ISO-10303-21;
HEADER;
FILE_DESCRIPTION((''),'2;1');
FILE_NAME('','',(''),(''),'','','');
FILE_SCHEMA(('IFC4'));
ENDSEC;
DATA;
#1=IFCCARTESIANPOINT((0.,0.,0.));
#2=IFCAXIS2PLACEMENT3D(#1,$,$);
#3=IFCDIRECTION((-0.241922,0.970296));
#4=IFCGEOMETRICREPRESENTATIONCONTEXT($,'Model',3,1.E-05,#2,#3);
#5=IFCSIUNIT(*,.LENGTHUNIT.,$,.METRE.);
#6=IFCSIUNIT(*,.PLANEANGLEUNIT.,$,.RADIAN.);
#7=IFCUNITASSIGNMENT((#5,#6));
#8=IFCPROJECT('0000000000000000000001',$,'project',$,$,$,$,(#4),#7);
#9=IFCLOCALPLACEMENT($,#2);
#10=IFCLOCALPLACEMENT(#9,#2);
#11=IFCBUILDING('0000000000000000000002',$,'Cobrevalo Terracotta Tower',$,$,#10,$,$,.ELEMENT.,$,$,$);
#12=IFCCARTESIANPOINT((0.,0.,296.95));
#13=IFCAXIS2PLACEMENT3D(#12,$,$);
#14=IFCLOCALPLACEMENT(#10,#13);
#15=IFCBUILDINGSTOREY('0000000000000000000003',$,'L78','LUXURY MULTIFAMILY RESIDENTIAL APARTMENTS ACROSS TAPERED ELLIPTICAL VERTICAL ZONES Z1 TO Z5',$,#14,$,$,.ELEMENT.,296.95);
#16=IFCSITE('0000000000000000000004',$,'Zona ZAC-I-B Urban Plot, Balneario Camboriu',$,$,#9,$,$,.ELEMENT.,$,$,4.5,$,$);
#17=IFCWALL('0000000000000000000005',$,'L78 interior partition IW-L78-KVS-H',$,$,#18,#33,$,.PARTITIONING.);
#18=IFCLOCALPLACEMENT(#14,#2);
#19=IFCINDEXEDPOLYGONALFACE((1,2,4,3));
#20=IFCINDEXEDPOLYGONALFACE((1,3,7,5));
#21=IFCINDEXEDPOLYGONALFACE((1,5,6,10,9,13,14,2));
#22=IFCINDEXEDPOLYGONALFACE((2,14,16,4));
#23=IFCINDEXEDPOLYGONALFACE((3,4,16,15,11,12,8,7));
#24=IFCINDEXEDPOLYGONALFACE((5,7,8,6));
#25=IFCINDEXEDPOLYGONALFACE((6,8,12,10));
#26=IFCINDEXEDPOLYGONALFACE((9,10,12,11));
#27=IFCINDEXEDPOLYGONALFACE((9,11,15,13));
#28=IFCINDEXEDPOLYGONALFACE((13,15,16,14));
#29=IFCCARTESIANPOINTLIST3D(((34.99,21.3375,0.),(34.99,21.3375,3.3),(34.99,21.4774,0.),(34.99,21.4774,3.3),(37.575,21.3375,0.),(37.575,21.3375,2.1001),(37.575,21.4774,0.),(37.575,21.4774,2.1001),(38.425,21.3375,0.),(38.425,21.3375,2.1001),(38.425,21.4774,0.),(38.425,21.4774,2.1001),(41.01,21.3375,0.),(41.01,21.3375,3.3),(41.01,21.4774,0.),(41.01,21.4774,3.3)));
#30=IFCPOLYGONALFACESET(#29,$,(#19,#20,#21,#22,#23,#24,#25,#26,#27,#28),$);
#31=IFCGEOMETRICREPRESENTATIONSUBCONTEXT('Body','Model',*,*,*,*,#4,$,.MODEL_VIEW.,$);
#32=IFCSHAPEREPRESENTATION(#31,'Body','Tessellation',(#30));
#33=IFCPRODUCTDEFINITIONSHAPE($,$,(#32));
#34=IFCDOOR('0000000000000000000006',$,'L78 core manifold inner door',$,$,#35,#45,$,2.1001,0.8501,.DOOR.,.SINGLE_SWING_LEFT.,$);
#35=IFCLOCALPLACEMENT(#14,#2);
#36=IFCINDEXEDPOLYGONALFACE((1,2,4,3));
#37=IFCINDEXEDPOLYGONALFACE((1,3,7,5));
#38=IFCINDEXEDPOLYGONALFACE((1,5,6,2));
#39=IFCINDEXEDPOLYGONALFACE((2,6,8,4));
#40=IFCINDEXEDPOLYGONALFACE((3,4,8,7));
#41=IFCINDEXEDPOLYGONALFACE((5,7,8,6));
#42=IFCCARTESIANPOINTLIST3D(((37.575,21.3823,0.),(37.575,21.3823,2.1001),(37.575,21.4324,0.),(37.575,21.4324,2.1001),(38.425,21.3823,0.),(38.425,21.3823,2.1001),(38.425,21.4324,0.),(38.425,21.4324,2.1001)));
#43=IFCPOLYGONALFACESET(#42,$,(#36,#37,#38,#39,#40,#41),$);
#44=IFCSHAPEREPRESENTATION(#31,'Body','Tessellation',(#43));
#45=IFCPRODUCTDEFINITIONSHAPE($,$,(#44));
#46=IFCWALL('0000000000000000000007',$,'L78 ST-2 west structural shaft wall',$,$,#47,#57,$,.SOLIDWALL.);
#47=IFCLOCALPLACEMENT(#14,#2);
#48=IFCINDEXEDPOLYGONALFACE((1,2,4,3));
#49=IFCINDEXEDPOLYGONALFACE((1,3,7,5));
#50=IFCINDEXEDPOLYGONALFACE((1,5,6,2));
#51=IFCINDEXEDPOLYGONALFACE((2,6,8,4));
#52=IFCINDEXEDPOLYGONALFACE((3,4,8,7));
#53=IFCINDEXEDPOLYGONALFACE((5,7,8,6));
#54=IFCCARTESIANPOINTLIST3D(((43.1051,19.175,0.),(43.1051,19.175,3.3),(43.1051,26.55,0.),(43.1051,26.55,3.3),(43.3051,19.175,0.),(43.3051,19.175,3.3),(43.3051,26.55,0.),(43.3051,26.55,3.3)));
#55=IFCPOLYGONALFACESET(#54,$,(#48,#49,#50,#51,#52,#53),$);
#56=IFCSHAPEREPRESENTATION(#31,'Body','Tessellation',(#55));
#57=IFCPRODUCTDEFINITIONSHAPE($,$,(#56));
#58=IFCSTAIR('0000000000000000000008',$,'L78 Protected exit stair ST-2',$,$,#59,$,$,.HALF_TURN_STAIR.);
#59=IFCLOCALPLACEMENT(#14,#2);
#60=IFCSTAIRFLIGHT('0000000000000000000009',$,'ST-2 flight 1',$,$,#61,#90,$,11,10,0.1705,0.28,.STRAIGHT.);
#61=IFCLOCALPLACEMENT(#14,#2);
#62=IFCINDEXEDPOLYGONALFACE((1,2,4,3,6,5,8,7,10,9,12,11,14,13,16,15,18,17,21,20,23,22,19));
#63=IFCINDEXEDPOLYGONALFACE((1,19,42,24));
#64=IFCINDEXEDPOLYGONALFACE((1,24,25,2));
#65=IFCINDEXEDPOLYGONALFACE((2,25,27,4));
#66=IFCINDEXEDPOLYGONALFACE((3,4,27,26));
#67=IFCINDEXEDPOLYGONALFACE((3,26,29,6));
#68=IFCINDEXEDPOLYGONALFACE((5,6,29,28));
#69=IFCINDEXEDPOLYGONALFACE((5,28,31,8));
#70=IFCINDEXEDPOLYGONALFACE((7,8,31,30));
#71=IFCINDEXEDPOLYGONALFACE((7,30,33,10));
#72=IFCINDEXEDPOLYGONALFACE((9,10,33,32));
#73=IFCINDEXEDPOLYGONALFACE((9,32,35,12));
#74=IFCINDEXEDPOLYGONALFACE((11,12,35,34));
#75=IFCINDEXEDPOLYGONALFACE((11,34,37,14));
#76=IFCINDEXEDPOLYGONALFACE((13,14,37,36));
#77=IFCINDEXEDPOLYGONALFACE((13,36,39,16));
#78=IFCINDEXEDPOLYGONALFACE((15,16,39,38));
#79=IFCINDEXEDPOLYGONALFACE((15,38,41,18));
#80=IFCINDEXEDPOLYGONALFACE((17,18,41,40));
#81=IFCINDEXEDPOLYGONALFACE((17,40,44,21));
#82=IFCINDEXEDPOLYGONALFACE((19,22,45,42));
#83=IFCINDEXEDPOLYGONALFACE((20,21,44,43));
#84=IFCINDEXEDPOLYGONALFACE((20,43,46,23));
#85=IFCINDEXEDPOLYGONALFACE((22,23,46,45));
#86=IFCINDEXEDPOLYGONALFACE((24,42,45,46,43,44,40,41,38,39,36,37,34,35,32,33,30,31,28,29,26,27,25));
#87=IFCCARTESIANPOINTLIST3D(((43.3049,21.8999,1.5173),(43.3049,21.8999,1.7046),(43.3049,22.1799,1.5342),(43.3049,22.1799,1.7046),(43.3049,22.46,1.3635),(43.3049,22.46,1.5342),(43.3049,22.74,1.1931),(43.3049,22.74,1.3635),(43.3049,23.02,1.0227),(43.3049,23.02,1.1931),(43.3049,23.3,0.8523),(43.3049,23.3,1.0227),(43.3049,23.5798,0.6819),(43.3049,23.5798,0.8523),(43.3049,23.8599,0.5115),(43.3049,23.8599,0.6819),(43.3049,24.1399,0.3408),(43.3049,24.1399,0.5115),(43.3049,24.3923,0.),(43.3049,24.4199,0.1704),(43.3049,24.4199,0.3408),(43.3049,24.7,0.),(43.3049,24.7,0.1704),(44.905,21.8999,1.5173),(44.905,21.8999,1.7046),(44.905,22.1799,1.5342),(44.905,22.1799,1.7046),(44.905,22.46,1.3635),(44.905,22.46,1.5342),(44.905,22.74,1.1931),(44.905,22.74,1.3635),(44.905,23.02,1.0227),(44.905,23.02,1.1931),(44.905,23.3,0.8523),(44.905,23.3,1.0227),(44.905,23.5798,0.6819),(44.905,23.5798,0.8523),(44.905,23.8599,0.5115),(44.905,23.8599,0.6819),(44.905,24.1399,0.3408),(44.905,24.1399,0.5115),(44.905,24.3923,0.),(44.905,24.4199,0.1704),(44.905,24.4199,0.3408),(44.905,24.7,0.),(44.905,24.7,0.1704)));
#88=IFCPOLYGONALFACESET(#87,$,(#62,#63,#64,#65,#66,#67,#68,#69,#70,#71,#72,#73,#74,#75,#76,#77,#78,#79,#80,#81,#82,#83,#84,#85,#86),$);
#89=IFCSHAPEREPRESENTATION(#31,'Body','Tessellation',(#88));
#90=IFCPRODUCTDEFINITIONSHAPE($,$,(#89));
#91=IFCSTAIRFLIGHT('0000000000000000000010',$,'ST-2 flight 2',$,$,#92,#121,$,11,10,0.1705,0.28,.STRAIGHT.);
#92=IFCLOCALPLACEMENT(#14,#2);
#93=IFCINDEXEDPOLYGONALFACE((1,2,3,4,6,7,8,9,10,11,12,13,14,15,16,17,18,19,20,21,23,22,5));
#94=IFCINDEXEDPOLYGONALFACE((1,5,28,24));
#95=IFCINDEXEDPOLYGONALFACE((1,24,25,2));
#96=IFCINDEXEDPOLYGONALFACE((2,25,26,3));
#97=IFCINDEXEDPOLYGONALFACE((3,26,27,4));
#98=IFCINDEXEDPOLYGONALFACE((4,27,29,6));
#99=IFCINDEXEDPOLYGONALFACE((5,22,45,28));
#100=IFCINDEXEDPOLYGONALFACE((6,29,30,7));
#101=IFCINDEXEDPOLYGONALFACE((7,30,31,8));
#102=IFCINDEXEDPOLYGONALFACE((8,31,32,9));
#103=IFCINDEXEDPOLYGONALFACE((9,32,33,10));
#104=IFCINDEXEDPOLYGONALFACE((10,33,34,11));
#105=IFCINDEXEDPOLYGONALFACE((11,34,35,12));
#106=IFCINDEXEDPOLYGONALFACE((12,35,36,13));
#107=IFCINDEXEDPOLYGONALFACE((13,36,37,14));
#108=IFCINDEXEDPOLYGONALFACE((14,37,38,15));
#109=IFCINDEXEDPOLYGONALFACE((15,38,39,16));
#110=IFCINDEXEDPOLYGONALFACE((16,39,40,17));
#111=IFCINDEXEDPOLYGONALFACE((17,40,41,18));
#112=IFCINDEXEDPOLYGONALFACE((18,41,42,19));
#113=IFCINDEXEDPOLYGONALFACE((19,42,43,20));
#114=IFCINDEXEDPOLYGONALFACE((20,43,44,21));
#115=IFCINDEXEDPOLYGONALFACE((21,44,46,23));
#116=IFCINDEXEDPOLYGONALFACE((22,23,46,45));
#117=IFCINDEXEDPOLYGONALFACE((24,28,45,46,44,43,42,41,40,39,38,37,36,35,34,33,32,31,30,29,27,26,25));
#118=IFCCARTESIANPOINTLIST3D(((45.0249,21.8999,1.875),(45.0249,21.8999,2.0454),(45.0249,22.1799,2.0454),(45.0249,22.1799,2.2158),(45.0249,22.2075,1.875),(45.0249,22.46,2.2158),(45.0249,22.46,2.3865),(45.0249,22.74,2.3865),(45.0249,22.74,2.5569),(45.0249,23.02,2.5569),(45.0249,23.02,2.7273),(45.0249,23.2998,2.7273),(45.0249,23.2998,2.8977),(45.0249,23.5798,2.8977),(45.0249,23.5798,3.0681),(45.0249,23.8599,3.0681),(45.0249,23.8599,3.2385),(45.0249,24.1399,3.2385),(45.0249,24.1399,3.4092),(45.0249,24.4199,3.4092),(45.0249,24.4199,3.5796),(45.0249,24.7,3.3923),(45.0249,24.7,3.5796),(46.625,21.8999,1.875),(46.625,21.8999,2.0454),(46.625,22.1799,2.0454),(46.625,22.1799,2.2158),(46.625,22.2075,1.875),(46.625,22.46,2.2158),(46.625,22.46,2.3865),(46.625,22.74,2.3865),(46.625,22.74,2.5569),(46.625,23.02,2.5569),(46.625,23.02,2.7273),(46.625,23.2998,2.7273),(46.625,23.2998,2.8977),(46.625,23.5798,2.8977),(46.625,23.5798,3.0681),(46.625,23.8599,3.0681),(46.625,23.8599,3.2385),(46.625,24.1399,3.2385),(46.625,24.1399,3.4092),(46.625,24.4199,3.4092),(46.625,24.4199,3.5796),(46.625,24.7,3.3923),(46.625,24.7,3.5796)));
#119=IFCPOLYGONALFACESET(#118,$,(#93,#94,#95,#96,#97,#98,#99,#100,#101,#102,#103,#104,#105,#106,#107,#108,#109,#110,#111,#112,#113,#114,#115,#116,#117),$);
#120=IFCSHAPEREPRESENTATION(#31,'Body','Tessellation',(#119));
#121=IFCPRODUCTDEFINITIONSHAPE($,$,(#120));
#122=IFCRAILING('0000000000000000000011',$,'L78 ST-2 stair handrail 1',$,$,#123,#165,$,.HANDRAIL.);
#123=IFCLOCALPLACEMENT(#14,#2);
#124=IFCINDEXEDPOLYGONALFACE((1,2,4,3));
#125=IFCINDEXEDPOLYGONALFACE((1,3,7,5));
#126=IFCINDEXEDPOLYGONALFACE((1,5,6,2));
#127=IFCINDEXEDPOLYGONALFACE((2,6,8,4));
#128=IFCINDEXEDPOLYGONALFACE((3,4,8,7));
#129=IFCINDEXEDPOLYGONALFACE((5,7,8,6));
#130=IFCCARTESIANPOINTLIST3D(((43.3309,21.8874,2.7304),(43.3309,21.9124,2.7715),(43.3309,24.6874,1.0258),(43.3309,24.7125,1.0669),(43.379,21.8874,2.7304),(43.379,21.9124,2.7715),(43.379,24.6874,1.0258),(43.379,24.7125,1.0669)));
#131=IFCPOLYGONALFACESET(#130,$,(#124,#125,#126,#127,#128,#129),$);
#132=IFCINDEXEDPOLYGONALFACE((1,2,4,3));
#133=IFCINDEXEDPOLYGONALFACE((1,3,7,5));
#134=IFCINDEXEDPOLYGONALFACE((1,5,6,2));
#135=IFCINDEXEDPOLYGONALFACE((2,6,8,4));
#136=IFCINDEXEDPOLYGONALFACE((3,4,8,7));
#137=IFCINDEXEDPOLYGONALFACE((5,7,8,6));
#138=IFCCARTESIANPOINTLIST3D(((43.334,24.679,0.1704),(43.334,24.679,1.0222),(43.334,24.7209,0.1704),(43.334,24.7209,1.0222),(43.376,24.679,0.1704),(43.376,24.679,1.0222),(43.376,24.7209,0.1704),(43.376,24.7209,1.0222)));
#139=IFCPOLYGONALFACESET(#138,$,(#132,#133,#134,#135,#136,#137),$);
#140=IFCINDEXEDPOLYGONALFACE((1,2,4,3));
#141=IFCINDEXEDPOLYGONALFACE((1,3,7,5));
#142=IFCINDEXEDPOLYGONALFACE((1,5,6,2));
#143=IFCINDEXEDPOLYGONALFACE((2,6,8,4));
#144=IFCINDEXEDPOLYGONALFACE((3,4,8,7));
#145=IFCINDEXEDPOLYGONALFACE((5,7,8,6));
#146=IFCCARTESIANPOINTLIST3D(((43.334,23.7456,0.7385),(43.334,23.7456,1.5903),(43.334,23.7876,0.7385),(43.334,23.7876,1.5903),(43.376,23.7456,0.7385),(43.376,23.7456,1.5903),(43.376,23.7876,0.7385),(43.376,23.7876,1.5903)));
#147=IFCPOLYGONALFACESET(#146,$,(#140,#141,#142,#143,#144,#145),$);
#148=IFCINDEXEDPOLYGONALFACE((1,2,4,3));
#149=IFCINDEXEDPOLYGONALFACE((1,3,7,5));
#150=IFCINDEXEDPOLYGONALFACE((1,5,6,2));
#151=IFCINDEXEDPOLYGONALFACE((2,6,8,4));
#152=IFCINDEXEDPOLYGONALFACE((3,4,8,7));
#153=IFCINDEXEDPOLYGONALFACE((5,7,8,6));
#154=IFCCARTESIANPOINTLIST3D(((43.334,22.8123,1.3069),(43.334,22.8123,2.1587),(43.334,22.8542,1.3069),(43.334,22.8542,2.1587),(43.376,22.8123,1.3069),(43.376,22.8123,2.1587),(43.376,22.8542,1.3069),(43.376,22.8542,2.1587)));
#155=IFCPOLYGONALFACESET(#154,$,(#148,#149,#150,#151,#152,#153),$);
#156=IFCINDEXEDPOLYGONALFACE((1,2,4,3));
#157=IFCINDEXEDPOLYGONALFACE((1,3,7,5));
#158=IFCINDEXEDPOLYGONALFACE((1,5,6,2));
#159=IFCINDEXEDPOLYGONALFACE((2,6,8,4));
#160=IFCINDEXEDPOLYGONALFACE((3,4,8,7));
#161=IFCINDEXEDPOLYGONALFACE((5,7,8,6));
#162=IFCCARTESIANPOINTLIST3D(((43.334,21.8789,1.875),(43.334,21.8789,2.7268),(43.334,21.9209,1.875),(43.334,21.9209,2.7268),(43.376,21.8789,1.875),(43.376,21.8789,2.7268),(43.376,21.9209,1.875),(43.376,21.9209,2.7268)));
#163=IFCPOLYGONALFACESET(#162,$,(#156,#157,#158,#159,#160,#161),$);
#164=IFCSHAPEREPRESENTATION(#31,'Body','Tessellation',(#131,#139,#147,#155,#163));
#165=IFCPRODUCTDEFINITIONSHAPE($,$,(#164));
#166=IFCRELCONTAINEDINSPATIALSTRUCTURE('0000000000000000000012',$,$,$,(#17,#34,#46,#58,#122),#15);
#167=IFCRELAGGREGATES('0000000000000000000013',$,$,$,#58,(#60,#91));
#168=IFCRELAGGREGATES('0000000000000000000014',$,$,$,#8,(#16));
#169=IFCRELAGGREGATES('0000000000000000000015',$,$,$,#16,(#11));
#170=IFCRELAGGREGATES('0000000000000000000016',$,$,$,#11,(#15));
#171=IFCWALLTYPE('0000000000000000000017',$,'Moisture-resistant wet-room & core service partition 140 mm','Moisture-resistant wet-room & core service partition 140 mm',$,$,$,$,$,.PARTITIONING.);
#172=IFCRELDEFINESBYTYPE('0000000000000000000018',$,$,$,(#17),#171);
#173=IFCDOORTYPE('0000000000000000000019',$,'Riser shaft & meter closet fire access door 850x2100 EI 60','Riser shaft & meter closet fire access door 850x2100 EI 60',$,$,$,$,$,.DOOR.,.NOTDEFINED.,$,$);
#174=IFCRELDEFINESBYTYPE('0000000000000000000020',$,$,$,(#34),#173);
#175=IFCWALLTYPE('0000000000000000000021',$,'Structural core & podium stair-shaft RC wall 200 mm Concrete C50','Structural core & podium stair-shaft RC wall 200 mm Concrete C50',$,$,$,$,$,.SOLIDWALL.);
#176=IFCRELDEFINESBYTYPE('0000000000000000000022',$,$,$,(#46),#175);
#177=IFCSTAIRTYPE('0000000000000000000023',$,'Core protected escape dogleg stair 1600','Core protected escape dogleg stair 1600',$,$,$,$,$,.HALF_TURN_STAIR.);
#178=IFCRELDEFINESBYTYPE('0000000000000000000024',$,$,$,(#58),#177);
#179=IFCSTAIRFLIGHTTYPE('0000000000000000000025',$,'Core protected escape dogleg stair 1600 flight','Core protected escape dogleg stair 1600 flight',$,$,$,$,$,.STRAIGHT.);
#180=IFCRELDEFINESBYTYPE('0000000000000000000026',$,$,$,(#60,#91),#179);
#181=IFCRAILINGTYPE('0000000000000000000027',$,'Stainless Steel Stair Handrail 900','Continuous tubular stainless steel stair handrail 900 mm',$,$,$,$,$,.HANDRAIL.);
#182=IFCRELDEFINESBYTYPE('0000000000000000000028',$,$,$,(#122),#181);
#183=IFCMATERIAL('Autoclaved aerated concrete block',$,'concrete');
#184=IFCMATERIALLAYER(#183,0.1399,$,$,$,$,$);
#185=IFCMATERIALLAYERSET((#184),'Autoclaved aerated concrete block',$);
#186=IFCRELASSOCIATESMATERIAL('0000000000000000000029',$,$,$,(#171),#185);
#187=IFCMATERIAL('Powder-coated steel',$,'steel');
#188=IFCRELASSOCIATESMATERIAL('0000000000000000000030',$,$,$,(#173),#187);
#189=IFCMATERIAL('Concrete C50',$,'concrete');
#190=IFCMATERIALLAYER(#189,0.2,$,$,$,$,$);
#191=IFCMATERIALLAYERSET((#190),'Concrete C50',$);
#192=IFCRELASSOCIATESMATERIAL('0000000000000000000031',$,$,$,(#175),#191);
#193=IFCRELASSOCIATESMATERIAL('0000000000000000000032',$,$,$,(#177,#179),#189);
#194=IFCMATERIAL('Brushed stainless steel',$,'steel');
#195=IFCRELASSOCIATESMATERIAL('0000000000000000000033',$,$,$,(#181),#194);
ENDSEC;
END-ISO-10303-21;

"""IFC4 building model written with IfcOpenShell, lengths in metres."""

from ifc_helpers import new_model, si_unit, direction, frame, frame_2d, origin, origin_2d, place, context, subcontext, project, spatial, polyline, rectangle, outline, extrude, source, transform, mapped, material, layer, layer_set, type_object, element, fill, aggregate, save


model = new_model("IFC4")

# Units and contexts
model_context = context("Model", 3, precision=1e-05, world=origin(), true_north=direction((-0.241922, 0.970296)))
body_context = subcontext(model_context, "Body", "Model", "MODEL_VIEW")
ifc_project = project(units=[si_unit("LENGTHUNIT", "METRE"), si_unit("PLANEANGLEUNIT", "RADIAN")], contexts=[model_context])

# Site, building, storey
site_placement = place(None, origin())
site = spatial("IfcSite", under=ifc_project, at=site_placement, Name="Zona ZAC-I-B Urban Plot, Balneario Camboriu", CompositionType="ELEMENT", RefElevation=4.5)
building_placement = place(site_placement, origin())
building = spatial("IfcBuilding", under=site, at=building_placement, Name="Cobrevalo Terracotta Tower", CompositionType="ELEMENT")
storey_placement = place(building_placement, frame((0.0, 0.0, 296.95)))
storey = spatial("IfcBuildingStorey", under=building, at=storey_placement, Name="L78", Description="LUXURY MULTIFAMILY RESIDENTIAL APARTMENTS ACROSS TAPERED ELLIPTICAL VERTICAL ZONES Z1 TO Z5", CompositionType="ELEMENT", Elevation=296.95)

# Shared definitions
ifc_material_1 = material(Name="Concrete C50", Category="concrete")

# Shared definitions
ifc_material_2 = material(Name="Autoclaved aerated concrete block", Category="concrete")

# Shared definitions
ifc_layer_1 = layer(ifc_material_2, 0.1399)
ifc_layer_set_1 = layer_set([ifc_layer_1], Name="Autoclaved aerated concrete block")
wall_type_1 = type_object("IfcWallType", Name="Moisture-resistant wet-room & core service partition 140 mm", Description="Moisture-resistant wet-room & core service partition 140 mm", PredefinedType="PARTITIONING", material=ifc_layer_set_1)

# Wall, opening, door
wall_1_placement = place(storey_placement, frame((34.99, 21.4075, 0.0), z_axis=(0.0, 0.0, 1.0), x_axis=(1.0, 0.0, 0.0)))
wall_1 = element("IfcWall", 1, at=wall_1_placement, inside=storey, type_object=wall_type_1, Name="L78 interior partition IW-L78-KVS-H", PredefinedType="PARTITIONING", context=body_context, shape_type="SweptSolid", body=[
    extrude(rectangle(XDim=6.02, YDim=0.1399, at=frame_2d((3.01, 0.0))), origin(), (0.0, 0.0, 1.0), 3.3),
])
opening_1_placement = place(wall_1_placement, frame((2.585, 0.0, 0.0)))
opening_1 = element("IfcOpeningElement", 2, at=opening_1_placement, cuts=wall_1, PredefinedType="OPENING", context=body_context, shape_type="SweptSolid", body=[
    extrude(rectangle(XDim=0.8501, YDim=2.1001, at=frame_2d((0.425, 1.05))), frame((0.0, 0.0801, 0.0), z_axis=(0.0, -1.0, 0.0), x_axis=(1.0, 0.0, 0.0)), (0.0, 0.0, 1.0), 0.1599),
])
ifc_material_3 = material(Name="Powder-coated steel", Category="steel")
door_type_1 = type_object("IfcDoorType", Name="Riser shaft & meter closet fire access door 850x2100 EI 60", Description="Riser shaft & meter closet fire access door 850x2100 EI 60", OperationType="NOTDEFINED", PredefinedType="DOOR", material=ifc_material_3)
shared_shape_1 = source(origin(), body_context, "Body", "SweptSolid", [
    extrude(rectangle(XDim=0.8501, YDim=2.1001, at=frame_2d((0.425, 1.05))), frame((0.0, 0.0249, 0.0), z_axis=(0.0, -1.0, 0.0), x_axis=(1.0, 0.0, 0.0)), (0.0, 0.0, 1.0), 0.05),
])
door_1_placement = place(opening_1_placement, origin())
door_1 = element("IfcDoor", 3, at=door_1_placement, inside=storey, type_object=door_type_1, Name="L78 core manifold inner door", OperationType="SINGLE_SWING_LEFT", OverallHeight=2.1001, OverallWidth=0.8501, PredefinedType="DOOR", context=body_context, shape_type="MappedRepresentation", body=[
    mapped(shared_shape_1, transform((0.0, 0.0, 0.0), scale=1.0)),
])
fill(opening_1, door_1)

# Wall
ifc_layer_2 = layer(ifc_material_1, 0.2)
ifc_layer_set_2 = layer_set([ifc_layer_2], Name="Concrete C50")
wall_type_2 = type_object("IfcWallType", Name="Structural core & podium stair-shaft RC wall 200 mm Concrete C50", Description="Structural core & podium stair-shaft RC wall 200 mm Concrete C50", PredefinedType="SOLIDWALL", material=ifc_layer_set_2)
wall_2_placement = place(storey_placement, frame((43.2051, 19.175, 0.0), z_axis=(0.0, 0.0, 1.0), x_axis=(0.0, 1.0, 0.0)))
element("IfcWall", 4, at=wall_2_placement, inside=storey, type_object=wall_type_2, Name="L78 ST-2 west structural shaft wall", PredefinedType="SOLIDWALL", context=body_context, shape_type="SweptSolid", body=[
    extrude(rectangle(XDim=7.375, YDim=0.2, at=frame_2d((3.6875, 0.0))), origin(), (0.0, 0.0, 1.0), 3.3),
])

# Stair, stair flights
stair_type = type_object("IfcStairType", Name="Core protected escape dogleg stair 1600", Description="Core protected escape dogleg stair 1600", PredefinedType="HALF_TURN_STAIR", material=ifc_material_1)
stair_placement = place(storey_placement, origin())
stair = element("IfcStair", 5, at=stair_placement, inside=storey, type_object=stair_type, Name="L78 Protected exit stair ST-2", PredefinedType="HALF_TURN_STAIR")
stair_flight_type = type_object("IfcStairFlightType", Name="Core protected escape dogleg stair 1600 flight", Description="Core protected escape dogleg stair 1600 flight", PredefinedType="STRAIGHT", material=ifc_material_1)
stair_flight_1_placement = place(storey_placement, frame((44.105, 24.7, 0.0), z_axis=(0.0, 0.0, 1.0), x_axis=(0.0, -1.0, 0.0)))
stair_flight_1 = element("IfcStairFlight", 6, at=stair_flight_1_placement, type_object=stair_flight_type, Name="ST-2 flight 1", NumberOfRisers=11, NumberOfTreads=10, PredefinedType="STRAIGHT", RiserHeight=0.1705, TreadLength=0.28, context=body_context, shape_type="SweptSolid", body=[
    extrude(outline(polyline([(0.0, 0.0), (0.0, 0.1704), (0.28, 0.1704), (0.28, 0.3408), (0.5601, 0.3408), (0.5601, 0.5115), (0.8401, 0.5115), (0.8401, 0.6819), (1.1201, 0.6819), (1.1201, 0.8523), (1.3999, 0.8523), (1.3999, 1.0227), (1.6799, 1.0227), (1.6799, 1.1931), (1.96, 1.1931), (1.96, 1.3635), (2.24, 1.3635), (2.24, 1.5342), (2.52, 1.5342), (2.52, 1.7046), (2.8, 1.7046), (2.8, 1.875), (2.8, 1.5173), (0.3076, 0.0), (0.0, 0.0)])), frame((0.0, 0.8, 0.0), z_axis=(0.0, -1.0, 0.0), x_axis=(1.0, 0.0, 0.0)), (0.0, 0.0, 1.0), 1.6001),
])
stair_flight_2_placement = place(storey_placement, frame((45.825, 21.8999, 1.875), z_axis=(0.0, 0.0, 1.0), x_axis=(0.0, 1.0, 0.0)))
stair_flight_2 = element("IfcStairFlight", 7, at=stair_flight_2_placement, type_object=stair_flight_type, Name="ST-2 flight 2", NumberOfRisers=11, NumberOfTreads=10, PredefinedType="STRAIGHT", RiserHeight=0.1705, TreadLength=0.28, context=body_context, shape_type="SweptSolid", body=[
    extrude(outline(polyline([(0.0, 0.0), (0.0, 0.1704), (0.28, 0.1704), (0.28, 0.3408), (0.5601, 0.3408), (0.5601, 0.5115), (0.8401, 0.5115), (0.8401, 0.6819), (1.1201, 0.6819), (1.1201, 0.8523), (1.3999, 0.8523), (1.3999, 1.0227), (1.6799, 1.0227), (1.6799, 1.1931), (1.96, 1.1931), (1.96, 1.3635), (2.24, 1.3635), (2.24, 1.5342), (2.52, 1.5342), (2.52, 1.7046), (2.8, 1.7046), (2.8, 1.875), (2.8, 1.5173), (0.3076, 0.0), (0.0, 0.0)])), frame((0.0, 0.8, 0.0), z_axis=(0.0, -1.0, 0.0), x_axis=(1.0, 0.0, 0.0)), (0.0, 0.0, 1.0), 1.6001),
])
aggregate(stair, [stair_flight_1, stair_flight_2])

# Railing
ifc_material_4 = material(Name="Brushed stainless steel", Category="steel")
railing_type_1 = type_object("IfcRailingType", Name="Stainless Steel Stair Handrail 900", Description="Continuous tubular stainless steel stair handrail 900 mm", PredefinedType="HANDRAIL", material=ifc_material_4)
railing_1_placement = place(storey_placement, frame((43.355, 24.7, 0.1704)))
element("IfcRailing", 8, at=railing_1_placement, inside=storey, type_object=railing_type_1, Name="L78 ST-2 stair handrail 1", PredefinedType="HANDRAIL", context=body_context, shape_type="SweptSolid", body=[
    extrude(rectangle(XDim=0.0481, YDim=0.0481, at=origin_2d()), frame((0.0, 0.0, 0.876), z_axis=(0.0, -0.85417, 0.519994), x_axis=(1.0, 0.0, 0.0)), (0.0, 0.0, 1.0), 3.2781),
    extrude(rectangle(XDim=0.042, YDim=0.042, at=origin_2d()), origin(), (0.0, 0.0, 1.0), 0.8518),
    extrude(rectangle(XDim=0.042, YDim=0.042, at=origin_2d()), frame((0.0, -0.9333, 0.5681)), (0.0, 0.0, 1.0), 0.8518),
    extrude(rectangle(XDim=0.042, YDim=0.042, at=origin_2d()), frame((0.0, -1.8667, 1.1365)), (0.0, 0.0, 1.0), 0.8518),
    extrude(rectangle(XDim=0.042, YDim=0.042, at=origin_2d()), frame((0.0, -2.8, 1.7046)), (0.0, 0.0, 1.0), 0.8518),
])

save(model, "model.ifc")
